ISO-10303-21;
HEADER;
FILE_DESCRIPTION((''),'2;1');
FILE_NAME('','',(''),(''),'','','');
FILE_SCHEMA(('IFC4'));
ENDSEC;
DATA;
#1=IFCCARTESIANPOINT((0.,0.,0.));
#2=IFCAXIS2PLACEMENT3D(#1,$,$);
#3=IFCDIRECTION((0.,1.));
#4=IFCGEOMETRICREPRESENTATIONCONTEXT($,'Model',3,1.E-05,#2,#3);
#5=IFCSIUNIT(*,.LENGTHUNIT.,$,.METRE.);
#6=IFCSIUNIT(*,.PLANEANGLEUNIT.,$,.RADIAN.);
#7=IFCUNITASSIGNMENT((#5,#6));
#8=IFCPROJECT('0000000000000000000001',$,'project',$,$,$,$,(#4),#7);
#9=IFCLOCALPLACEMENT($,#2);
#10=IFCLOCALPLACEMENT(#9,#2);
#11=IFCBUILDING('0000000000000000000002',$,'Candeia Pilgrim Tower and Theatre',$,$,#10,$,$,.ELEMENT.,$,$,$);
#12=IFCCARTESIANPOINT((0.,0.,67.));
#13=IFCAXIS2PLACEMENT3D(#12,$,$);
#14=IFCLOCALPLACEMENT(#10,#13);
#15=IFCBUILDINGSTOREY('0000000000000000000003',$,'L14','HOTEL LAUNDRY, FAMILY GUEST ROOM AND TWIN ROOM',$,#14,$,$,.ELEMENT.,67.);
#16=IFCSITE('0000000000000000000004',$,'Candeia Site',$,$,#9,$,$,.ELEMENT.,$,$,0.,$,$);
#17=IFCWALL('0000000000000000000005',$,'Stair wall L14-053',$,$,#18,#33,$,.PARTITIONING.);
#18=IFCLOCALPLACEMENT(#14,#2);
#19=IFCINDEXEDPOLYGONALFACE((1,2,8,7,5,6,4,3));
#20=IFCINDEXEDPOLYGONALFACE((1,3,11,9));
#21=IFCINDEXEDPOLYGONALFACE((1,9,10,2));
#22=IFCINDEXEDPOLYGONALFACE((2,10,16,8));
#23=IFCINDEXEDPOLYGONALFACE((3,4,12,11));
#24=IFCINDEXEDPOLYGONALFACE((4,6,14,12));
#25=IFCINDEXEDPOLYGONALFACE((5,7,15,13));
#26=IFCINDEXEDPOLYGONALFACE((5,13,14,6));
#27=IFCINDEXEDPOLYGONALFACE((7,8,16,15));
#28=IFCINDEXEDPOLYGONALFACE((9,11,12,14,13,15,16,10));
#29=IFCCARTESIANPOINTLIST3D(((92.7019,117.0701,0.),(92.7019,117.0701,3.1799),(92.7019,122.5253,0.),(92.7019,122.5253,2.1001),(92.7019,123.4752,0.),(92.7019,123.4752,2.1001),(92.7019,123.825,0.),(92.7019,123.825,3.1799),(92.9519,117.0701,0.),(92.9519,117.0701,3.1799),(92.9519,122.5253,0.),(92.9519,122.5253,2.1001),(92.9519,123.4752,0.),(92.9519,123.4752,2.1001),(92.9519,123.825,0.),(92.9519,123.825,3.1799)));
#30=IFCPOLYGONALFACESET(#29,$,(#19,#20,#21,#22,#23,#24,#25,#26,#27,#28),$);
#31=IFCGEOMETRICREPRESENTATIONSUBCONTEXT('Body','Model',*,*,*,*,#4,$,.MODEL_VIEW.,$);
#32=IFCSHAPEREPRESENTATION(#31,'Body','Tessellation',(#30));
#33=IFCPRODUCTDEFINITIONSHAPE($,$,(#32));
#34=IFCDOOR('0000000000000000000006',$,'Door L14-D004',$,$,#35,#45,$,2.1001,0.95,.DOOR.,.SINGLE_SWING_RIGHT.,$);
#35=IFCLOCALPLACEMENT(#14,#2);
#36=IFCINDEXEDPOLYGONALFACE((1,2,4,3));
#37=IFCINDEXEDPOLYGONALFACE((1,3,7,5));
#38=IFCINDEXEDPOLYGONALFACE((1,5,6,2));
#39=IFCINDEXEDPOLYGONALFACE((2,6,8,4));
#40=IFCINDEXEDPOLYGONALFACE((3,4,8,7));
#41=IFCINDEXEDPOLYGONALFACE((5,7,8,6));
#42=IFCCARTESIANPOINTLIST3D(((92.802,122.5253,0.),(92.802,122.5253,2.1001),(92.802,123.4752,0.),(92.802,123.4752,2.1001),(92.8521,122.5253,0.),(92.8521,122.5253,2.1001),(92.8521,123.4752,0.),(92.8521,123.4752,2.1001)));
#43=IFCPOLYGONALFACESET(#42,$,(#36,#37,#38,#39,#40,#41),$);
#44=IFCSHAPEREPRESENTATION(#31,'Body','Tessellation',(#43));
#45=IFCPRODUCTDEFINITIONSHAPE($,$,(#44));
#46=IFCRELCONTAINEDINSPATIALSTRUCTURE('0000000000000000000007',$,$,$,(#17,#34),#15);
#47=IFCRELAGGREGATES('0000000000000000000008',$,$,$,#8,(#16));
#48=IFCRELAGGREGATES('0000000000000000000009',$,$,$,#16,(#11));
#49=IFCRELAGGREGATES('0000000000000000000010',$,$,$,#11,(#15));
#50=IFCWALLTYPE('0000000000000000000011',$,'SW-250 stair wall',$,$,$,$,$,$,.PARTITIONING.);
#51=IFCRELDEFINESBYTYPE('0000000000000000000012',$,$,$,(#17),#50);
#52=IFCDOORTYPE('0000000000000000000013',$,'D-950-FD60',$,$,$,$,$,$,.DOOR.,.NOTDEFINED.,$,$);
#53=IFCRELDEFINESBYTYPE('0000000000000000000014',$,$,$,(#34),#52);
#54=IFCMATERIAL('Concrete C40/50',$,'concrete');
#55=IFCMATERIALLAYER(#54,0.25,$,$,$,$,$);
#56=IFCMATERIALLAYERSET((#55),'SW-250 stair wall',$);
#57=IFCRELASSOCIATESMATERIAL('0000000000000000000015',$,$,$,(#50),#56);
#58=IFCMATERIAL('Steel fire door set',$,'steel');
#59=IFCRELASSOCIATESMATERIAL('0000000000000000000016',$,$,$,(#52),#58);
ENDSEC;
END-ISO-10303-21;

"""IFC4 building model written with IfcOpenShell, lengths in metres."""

from ifc_helpers import new_model, si_unit, direction, frame, frame_2d, origin, place, context, subcontext, project, spatial, rectangle, extrude, material, layer, layer_set, type_object, element, fill, save


model = new_model("IFC4")

# Units and contexts
model_context = context("Model", 3, precision=1e-05, world=origin(), true_north=direction((0.0, 1.0)))
body_context = subcontext(model_context, "Body", "Model", "MODEL_VIEW")
ifc_project = project(units=[si_unit("LENGTHUNIT", "METRE"), si_unit("PLANEANGLEUNIT", "RADIAN")], contexts=[model_context])

# Site, building, storey
site_placement = place(None, origin())
site = spatial("IfcSite", under=ifc_project, at=site_placement, Name="Candeia Site", CompositionType="ELEMENT", RefElevation=0.0)
building_placement = place(site_placement, origin())
building = spatial("IfcBuilding", under=site, at=building_placement, Name="Candeia Pilgrim Tower and Theatre", CompositionType="ELEMENT")
storey_placement = place(building_placement, frame((0.0, 0.0, 67.0)))
storey = spatial("IfcBuildingStorey", under=building, at=storey_placement, Name="L14", Description="HOTEL LAUNDRY, FAMILY GUEST ROOM AND TWIN ROOM", CompositionType="ELEMENT", Elevation=67.0)

# Shared definitions
ifc_material_1 = material(Name="Concrete C40/50", Category="concrete")
ifc_material_2 = material(Name="Steel fire door set", Category="steel")

# Wall, opening, door
ifc_layer_1 = layer(ifc_material_1, 0.25)
ifc_layer_set_1 = layer_set([ifc_layer_1], Name="SW-250 stair wall")
wall_type_1 = type_object("IfcWallType", Name="SW-250 stair wall", PredefinedType="PARTITIONING", material=ifc_layer_set_1)
wall_1_placement = place(storey_placement, frame((92.8269, 117.0701, 0.0), z_axis=(0.0, 0.0, 1.0), x_axis=(0.0, 1.0, 0.0)))
wall_1 = element("IfcWall", 1, at=wall_1_placement, inside=storey, type_object=wall_type_1, Name="Stair wall L14-053", PredefinedType="PARTITIONING", context=body_context, shape_type="SweptSolid", body=[
    extrude(rectangle(XDim=6.7549, YDim=0.25, at=frame_2d((3.3774, 0.0))), origin(), (0.0, 0.0, 1.0), 3.1799),
])
opening_1_placement = place(wall_1_placement, frame((5.4551, 0.0, 0.0)))
opening_1 = element("IfcOpeningElement", 2, at=opening_1_placement, cuts=wall_1, PredefinedType="OPENING", context=body_context, shape_type="SweptSolid", body=[
    extrude(rectangle(XDim=0.95, YDim=2.1001, at=frame_2d((0.4751, 1.05))), frame((0.0, 0.135, 0.0), z_axis=(0.0, -1.0, 0.0), x_axis=(1.0, 0.0, 0.0)), (0.0, 0.0, 1.0), 0.27),
])
door_type_1 = type_object("IfcDoorType", Name="D-950-FD60", OperationType="NOTDEFINED", PredefinedType="DOOR", material=ifc_material_2)
door_1_placement = place(opening_1_placement, origin())
door_1 = element("IfcDoor", 3, at=door_1_placement, inside=storey, type_object=door_type_1, Name="Door L14-D004", OperationType="SINGLE_SWING_RIGHT", OverallHeight=2.1001, OverallWidth=0.95, PredefinedType="DOOR", context=body_context, shape_type="SweptSolid", body=[
    extrude(rectangle(XDim=0.95, YDim=2.1001, at=frame_2d((0.4751, 1.05))), frame((0.0, 0.0249, 0.0), z_axis=(0.0, -1.0, 0.0), x_axis=(1.0, 0.0, 0.0)), (0.0, 0.0, 1.0), 0.05),
])
fill(opening_1, door_1)

save(model, "model.ifc")
